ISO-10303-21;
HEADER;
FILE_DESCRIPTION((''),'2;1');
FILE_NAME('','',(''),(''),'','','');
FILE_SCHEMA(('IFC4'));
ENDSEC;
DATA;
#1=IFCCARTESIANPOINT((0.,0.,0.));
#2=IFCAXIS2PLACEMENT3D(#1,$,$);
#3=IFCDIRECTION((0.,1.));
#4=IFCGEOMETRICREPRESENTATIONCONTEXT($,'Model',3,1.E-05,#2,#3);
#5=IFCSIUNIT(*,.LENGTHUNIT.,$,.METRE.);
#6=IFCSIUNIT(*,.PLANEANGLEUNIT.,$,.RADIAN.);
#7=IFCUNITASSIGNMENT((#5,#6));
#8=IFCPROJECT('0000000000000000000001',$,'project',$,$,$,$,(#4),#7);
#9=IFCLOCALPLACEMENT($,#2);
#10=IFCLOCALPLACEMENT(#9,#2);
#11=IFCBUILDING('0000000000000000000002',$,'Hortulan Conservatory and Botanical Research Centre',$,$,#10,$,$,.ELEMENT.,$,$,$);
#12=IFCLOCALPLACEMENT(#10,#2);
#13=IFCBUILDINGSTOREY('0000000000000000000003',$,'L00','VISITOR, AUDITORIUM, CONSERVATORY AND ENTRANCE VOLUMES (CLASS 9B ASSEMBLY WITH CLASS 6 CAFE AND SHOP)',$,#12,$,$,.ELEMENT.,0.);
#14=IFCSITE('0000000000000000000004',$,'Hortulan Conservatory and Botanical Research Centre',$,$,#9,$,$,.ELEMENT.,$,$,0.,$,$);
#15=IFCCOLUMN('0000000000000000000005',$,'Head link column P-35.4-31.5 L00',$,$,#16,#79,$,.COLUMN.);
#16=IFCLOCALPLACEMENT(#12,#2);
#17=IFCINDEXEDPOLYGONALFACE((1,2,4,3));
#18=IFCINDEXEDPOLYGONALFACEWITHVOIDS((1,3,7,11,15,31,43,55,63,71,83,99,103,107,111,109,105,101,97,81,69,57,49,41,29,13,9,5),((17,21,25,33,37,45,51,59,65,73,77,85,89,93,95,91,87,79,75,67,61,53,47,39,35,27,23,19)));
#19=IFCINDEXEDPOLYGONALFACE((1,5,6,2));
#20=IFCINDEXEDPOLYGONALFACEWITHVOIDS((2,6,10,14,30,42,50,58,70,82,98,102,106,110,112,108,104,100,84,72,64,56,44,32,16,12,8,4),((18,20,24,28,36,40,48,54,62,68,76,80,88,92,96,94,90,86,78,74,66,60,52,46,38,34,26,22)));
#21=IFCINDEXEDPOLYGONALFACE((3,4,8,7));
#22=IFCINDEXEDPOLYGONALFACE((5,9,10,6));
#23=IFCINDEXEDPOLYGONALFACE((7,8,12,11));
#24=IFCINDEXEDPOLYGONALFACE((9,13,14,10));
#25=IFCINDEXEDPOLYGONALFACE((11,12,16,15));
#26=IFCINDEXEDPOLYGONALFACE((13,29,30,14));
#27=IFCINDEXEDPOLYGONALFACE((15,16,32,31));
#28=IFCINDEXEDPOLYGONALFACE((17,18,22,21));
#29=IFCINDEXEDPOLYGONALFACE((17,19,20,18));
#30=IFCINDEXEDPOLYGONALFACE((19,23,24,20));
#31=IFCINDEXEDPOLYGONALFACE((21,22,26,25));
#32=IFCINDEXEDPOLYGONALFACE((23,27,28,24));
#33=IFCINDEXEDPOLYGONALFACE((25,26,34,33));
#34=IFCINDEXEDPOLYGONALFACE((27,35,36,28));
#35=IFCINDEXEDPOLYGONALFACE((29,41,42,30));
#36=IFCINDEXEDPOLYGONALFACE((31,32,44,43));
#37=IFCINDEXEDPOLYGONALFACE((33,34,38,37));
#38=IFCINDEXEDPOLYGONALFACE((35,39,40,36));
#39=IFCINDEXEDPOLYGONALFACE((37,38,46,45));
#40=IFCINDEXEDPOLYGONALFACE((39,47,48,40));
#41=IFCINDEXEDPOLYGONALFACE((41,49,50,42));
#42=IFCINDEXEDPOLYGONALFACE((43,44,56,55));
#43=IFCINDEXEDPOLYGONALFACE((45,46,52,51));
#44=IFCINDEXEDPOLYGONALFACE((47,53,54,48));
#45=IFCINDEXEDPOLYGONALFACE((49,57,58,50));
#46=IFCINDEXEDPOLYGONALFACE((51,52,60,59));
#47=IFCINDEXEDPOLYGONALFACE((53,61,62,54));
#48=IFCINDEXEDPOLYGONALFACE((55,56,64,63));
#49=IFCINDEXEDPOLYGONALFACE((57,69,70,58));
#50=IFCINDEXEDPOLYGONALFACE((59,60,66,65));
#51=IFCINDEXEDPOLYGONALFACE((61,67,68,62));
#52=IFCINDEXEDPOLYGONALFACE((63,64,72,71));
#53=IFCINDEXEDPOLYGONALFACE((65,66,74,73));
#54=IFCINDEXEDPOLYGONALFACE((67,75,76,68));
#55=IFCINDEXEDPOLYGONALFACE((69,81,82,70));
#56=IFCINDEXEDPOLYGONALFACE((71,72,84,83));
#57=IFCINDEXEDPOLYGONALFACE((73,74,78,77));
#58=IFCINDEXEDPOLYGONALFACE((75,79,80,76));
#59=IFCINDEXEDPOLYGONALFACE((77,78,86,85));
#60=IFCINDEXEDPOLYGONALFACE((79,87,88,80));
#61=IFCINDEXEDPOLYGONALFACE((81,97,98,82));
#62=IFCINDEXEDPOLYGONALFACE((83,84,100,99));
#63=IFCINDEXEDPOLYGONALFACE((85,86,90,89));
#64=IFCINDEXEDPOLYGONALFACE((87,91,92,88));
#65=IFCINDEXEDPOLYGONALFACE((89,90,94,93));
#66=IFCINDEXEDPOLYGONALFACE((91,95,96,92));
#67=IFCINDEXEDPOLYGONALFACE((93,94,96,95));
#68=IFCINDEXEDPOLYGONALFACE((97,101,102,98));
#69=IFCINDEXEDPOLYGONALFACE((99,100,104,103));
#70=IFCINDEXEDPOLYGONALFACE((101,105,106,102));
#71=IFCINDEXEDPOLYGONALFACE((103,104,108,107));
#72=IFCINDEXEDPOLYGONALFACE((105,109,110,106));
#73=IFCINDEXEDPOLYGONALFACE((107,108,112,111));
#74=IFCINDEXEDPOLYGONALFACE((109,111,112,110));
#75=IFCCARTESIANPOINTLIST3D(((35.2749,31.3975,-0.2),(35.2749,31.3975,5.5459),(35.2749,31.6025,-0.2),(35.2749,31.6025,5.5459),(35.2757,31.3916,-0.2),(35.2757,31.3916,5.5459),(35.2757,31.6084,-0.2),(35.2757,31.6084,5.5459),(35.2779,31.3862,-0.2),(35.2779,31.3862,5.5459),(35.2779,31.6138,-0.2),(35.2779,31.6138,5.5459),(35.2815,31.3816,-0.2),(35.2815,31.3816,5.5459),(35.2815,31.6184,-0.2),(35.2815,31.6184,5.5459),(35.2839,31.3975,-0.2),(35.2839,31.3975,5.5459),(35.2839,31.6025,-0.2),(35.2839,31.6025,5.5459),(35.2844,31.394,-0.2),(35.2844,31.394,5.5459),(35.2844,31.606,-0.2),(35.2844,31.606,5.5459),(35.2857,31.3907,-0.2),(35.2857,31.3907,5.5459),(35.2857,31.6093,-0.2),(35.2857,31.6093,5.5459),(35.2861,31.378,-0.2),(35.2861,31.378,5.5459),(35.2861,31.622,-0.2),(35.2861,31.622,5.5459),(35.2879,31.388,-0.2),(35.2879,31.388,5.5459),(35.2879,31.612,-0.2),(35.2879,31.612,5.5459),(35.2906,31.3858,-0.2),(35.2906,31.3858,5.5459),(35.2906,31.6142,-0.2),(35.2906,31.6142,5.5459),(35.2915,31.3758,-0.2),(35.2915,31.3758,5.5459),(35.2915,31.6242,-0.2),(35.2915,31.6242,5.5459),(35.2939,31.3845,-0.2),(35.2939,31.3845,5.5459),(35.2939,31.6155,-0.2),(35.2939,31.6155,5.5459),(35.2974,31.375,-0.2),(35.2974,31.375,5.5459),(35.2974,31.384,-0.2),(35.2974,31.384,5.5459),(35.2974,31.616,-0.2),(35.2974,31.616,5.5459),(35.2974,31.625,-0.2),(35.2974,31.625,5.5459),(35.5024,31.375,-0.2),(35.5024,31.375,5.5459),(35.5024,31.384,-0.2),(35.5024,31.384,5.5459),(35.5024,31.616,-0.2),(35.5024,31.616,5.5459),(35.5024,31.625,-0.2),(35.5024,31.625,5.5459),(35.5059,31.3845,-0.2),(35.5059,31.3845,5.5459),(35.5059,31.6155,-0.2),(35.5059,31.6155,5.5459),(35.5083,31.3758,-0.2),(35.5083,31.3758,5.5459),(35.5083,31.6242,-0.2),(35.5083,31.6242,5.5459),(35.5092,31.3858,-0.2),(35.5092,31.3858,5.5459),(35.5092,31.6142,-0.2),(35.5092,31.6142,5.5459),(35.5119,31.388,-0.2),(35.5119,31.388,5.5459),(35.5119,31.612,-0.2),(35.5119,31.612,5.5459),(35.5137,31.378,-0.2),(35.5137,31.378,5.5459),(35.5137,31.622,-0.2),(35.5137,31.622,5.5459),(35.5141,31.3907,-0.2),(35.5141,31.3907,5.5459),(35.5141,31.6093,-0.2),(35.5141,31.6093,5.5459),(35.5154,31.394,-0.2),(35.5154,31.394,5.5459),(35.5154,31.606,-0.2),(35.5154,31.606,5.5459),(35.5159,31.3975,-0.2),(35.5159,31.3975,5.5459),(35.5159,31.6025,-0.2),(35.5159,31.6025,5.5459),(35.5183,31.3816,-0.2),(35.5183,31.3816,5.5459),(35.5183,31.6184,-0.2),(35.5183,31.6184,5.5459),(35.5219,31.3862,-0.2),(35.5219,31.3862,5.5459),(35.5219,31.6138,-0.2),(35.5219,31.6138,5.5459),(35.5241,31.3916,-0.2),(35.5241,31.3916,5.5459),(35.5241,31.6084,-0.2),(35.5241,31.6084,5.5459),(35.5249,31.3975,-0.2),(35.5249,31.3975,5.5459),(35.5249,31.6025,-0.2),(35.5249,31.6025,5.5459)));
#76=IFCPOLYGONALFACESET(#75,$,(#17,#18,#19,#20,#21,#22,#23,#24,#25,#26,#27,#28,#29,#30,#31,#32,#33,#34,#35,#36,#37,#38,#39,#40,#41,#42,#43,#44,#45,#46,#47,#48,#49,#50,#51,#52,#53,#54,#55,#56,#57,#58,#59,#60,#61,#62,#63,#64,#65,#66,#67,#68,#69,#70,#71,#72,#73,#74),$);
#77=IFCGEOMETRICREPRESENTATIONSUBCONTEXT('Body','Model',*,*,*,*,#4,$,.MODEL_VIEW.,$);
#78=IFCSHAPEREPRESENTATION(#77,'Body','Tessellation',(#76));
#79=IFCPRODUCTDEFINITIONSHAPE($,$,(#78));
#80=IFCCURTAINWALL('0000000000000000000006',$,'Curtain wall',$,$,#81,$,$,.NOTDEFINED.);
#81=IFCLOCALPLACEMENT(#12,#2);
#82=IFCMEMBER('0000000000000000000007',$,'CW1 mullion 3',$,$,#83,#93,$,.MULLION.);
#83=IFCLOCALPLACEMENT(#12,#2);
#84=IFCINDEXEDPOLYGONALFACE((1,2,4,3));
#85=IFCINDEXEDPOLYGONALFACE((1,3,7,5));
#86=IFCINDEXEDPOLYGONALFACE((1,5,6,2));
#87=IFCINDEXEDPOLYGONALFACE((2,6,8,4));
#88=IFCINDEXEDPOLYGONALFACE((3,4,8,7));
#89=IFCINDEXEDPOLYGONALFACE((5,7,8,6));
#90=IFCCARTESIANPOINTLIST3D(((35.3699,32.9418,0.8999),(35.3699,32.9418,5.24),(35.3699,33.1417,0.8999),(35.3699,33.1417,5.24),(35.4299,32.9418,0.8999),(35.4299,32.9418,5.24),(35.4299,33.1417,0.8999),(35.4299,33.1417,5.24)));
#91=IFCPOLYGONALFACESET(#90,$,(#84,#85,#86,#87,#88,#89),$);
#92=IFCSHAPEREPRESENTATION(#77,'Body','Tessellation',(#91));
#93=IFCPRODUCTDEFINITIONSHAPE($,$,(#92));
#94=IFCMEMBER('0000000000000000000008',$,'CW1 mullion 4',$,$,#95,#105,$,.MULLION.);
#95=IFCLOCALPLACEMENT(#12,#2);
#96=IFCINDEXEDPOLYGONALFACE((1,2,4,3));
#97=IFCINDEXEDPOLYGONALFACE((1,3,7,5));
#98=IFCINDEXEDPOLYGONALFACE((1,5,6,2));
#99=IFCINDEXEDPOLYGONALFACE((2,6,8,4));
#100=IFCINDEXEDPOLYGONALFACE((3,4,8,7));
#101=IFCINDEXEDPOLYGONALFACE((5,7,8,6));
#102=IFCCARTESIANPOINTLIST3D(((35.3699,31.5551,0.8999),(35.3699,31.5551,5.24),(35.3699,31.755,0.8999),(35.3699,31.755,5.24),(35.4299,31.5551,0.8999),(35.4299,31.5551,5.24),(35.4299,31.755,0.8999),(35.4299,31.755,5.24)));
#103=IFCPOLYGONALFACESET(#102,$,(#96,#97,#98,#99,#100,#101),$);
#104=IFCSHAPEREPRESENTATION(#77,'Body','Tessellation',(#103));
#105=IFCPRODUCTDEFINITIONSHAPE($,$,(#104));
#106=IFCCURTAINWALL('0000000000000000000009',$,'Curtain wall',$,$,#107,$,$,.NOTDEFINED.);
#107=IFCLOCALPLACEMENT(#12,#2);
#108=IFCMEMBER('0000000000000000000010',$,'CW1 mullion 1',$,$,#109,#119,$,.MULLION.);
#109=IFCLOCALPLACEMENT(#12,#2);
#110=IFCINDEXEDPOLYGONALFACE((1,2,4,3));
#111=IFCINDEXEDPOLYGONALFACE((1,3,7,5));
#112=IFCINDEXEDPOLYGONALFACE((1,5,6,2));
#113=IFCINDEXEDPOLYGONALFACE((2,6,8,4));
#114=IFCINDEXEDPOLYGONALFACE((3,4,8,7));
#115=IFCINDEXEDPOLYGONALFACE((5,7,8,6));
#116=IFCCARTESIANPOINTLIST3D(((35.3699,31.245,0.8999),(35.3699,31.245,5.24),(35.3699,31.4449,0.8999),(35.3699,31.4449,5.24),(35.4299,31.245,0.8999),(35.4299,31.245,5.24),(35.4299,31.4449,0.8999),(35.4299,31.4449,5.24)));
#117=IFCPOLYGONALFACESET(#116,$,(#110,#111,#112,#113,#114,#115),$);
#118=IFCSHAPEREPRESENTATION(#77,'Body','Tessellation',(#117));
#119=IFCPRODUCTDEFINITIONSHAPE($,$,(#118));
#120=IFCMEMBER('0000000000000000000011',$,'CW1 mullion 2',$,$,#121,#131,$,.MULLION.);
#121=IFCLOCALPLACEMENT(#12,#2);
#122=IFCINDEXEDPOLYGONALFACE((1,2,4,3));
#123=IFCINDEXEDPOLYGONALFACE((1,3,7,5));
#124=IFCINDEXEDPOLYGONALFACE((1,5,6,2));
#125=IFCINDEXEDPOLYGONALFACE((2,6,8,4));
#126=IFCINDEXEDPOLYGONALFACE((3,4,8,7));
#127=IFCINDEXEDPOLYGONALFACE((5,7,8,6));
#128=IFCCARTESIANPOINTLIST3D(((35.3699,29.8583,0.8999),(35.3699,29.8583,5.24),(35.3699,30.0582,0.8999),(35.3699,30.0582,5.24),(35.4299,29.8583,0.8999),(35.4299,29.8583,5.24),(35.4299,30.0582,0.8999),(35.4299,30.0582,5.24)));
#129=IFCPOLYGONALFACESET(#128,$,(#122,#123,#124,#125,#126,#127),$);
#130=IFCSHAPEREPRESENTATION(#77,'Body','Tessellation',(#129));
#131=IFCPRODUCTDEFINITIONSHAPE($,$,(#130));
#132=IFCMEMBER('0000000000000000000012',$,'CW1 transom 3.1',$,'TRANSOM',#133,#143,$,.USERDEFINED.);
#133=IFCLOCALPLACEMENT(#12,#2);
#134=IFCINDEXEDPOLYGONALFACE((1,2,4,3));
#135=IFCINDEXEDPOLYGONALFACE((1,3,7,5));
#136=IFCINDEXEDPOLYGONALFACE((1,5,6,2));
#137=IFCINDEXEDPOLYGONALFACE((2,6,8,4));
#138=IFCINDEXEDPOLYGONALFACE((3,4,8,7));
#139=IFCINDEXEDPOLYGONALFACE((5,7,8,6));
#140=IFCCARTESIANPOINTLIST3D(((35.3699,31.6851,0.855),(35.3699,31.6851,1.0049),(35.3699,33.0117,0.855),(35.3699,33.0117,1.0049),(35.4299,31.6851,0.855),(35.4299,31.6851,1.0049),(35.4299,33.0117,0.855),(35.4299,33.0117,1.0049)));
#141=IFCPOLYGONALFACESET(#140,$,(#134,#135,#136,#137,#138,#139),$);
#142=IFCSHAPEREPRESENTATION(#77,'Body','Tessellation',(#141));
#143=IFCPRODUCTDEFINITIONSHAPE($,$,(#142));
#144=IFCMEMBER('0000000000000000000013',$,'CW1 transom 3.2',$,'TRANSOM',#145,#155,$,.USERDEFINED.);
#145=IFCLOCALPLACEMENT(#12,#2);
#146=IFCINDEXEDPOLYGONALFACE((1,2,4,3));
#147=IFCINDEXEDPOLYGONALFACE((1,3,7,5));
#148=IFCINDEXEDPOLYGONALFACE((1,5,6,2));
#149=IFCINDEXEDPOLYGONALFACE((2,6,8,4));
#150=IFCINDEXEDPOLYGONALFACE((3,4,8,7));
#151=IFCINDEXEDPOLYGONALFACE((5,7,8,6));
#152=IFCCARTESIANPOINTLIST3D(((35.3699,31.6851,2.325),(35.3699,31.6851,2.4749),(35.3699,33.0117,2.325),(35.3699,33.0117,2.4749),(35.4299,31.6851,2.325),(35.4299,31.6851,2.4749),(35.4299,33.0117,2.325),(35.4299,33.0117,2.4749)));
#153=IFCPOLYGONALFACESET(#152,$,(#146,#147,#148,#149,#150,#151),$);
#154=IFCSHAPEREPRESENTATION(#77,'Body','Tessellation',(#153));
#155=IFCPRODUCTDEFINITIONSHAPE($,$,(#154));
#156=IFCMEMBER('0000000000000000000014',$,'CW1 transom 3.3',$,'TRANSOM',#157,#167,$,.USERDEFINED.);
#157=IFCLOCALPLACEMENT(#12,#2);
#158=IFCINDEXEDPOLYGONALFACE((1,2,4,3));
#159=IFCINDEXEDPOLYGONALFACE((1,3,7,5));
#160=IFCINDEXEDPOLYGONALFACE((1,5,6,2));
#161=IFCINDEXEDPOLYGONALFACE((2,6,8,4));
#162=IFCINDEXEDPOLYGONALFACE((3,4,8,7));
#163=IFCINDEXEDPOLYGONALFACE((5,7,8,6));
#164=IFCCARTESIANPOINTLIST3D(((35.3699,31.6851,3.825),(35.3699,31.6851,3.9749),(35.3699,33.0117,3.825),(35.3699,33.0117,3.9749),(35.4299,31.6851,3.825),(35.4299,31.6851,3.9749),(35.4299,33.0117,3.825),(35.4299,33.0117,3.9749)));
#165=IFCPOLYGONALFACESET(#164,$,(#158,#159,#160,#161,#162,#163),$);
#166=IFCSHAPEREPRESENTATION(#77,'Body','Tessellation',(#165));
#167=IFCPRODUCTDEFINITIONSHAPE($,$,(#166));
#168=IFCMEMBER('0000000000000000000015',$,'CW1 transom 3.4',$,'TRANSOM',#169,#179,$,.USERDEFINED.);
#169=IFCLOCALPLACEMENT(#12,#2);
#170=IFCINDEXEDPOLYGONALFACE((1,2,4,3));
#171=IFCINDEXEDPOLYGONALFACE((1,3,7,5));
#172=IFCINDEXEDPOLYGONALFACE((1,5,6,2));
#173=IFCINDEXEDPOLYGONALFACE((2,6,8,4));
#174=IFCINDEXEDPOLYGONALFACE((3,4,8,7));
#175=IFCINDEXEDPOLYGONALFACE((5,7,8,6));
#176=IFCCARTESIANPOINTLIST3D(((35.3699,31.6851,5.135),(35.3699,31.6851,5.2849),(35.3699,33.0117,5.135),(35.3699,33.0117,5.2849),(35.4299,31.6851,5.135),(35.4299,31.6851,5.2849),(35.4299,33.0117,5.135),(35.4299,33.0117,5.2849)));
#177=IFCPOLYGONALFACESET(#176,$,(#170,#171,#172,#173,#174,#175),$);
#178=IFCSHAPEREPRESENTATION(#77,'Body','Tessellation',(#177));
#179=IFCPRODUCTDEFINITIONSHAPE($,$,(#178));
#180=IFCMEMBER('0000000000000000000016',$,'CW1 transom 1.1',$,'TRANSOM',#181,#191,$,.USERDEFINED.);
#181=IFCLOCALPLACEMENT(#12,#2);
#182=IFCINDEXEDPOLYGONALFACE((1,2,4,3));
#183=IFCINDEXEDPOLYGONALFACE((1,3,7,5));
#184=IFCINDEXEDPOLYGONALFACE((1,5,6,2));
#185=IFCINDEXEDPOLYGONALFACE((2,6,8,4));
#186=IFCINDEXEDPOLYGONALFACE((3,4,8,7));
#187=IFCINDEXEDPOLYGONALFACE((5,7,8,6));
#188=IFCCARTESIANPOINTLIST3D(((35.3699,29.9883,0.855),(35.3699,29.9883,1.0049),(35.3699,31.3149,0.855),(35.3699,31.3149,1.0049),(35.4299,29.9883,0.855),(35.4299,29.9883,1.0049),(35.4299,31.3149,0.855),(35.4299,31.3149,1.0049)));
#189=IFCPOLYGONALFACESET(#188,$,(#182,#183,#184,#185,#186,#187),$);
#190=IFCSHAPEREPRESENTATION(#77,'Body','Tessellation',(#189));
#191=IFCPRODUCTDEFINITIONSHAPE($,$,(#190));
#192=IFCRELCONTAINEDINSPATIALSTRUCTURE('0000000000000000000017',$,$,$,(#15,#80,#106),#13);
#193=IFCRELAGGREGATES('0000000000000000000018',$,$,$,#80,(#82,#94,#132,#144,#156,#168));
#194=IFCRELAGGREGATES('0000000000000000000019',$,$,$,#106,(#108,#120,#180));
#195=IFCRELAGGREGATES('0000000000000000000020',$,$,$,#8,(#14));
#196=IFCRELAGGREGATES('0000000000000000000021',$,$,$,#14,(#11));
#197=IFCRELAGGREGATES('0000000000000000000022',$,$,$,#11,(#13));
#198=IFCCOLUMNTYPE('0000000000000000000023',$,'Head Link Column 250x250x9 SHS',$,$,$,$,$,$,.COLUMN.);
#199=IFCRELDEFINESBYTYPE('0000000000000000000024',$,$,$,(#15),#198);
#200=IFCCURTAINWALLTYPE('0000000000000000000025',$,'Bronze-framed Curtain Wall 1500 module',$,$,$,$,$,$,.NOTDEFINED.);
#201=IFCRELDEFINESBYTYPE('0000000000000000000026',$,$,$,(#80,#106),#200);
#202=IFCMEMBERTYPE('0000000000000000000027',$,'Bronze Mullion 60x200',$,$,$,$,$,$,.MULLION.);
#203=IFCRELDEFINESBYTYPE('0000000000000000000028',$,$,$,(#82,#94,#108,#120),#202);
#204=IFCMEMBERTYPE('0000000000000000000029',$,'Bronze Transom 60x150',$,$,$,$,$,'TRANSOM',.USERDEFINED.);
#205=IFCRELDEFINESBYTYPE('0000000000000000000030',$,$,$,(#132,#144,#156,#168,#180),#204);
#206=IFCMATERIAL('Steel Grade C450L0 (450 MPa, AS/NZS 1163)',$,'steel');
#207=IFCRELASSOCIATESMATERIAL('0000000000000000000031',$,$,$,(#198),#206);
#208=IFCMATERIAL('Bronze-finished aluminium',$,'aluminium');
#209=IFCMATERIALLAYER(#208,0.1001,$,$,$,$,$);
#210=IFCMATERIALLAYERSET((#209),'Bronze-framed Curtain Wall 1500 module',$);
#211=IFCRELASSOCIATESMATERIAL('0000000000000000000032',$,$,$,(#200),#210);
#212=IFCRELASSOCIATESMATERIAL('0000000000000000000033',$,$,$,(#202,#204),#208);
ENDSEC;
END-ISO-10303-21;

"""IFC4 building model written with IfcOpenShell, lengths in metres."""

from ifc_helpers import new_model, si_unit, direction, frame, origin, origin_2d, place, context, subcontext, project, spatial, rectangle, hollow_rectangle, extrude, material, layer, layer_set, material_profile, profile_set, type_object, element, aggregate, save


model = new_model("IFC4")

# Units and contexts
model_context = context("Model", 3, precision=1e-05, world=origin(), true_north=direction((0.0, 1.0)))
body_context = subcontext(model_context, "Body", "Model", "MODEL_VIEW")
ifc_project = project(units=[si_unit("LENGTHUNIT", "METRE"), si_unit("PLANEANGLEUNIT", "RADIAN")], contexts=[model_context])

# Site, building, storey
site_placement = place(None, origin())
site = spatial("IfcSite", under=ifc_project, at=site_placement, Name="Hortulan Conservatory and Botanical Research Centre", CompositionType="ELEMENT", RefElevation=0.0)
building_placement = place(site_placement, origin())
building = spatial("IfcBuilding", under=site, at=building_placement, Name="Hortulan Conservatory and Botanical Research Centre", CompositionType="ELEMENT")
storey_placement = place(building_placement, origin())
storey = spatial("IfcBuildingStorey", under=building, at=storey_placement, Name="L00", Description="VISITOR, AUDITORIUM, CONSERVATORY AND ENTRANCE VOLUMES (CLASS 9B ASSEMBLY WITH CLASS 6 CAFE AND SHOP)", CompositionType="ELEMENT", Elevation=0.0)

# Column
ifc_material_1 = material(Name="Steel Grade C450L0 (450 MPa, AS/NZS 1163)", Category="steel")
ifc_material_profile_1 = material_profile(ifc_material_1, hollow_rectangle(XDim=0.25, YDim=0.25, WallThickness=0.009, InnerFilletRadius=0.0134, OuterFilletRadius=0.0225, at=origin_2d()), Name="250x250x9SHS")
ifc_profile_set_1 = profile_set([ifc_material_profile_1], Name="Steel Grade C450L0 (450 MPa, AS/NZS 1163)")
column_type = type_object("IfcColumnType", Name="Head Link Column 250x250x9 SHS", PredefinedType="COLUMN", material=ifc_profile_set_1)
column_placement = place(storey_placement, frame((35.3999, 31.5, -0.2), z_axis=(0.0, 0.0, 1.0), x_axis=(1.0, 0.0, 0.0)))
element("IfcColumn", 1, at=column_placement, inside=storey, type_object=column_type, Name="Head link column P-35.4-31.5 L00", PredefinedType="COLUMN", context=body_context, shape_type="SweptSolid", body=[
    extrude(hollow_rectangle(XDim=0.25, YDim=0.25, WallThickness=0.009, InnerFilletRadius=0.0134, OuterFilletRadius=0.0225, at=origin_2d()), origin(), (0.0, 0.0, 1.0), 5.7458),
])

# Curtain walls, members
ifc_material_2 = material(Name="Bronze-finished aluminium", Category="aluminium")
ifc_layer_1 = layer(ifc_material_2, 0.1001)
ifc_layer_set_1 = layer_set([ifc_layer_1], Name="Bronze-framed Curtain Wall 1500 module")
curtain_wall_type = type_object("IfcCurtainWallType", Name="Bronze-framed Curtain Wall 1500 module", PredefinedType="NOTDEFINED", material=ifc_layer_set_1)
curtain_wall_1_placement = place(storey_placement, origin())
curtain_wall_1 = element("IfcCurtainWall", 2, at=curtain_wall_1_placement, inside=storey, type_object=curtain_wall_type, Name="Curtain wall", PredefinedType="NOTDEFINED")
ifc_material_profile_2 = material_profile(ifc_material_2, rectangle(XDim=0.0601, YDim=0.2, at=origin_2d()), Name="Bronze Mullion 60x200")
ifc_profile_set_2 = profile_set([ifc_material_profile_2], Name="Bronze-finished aluminium")
member_type_1 = type_object("IfcMemberType", Name="Bronze Mullion 60x200", PredefinedType="MULLION", material=ifc_profile_set_2)
member_1_placement = place(storey_placement, frame((35.3999, 33.0417, 0.8999), z_axis=(0.0, 0.0, 1.0), x_axis=(1.0, 0.0, 0.0)))
member_1 = element("IfcMember", 3, at=member_1_placement, type_object=member_type_1, Name="CW1 mullion 3", PredefinedType="MULLION", context=body_context, shape_type="SweptSolid", body=[
    extrude(rectangle(XDim=0.0601, YDim=0.2, at=origin_2d()), origin(), (0.0, 0.0, 1.0), 4.3401),
])
member_2_placement = place(storey_placement, frame((35.3999, 31.655, 0.8999), z_axis=(0.0, 0.0, 1.0), x_axis=(1.0, 0.0, 0.0)))
member_2 = element("IfcMember", 4, at=member_2_placement, type_object=member_type_1, Name="CW1 mullion 4", PredefinedType="MULLION", context=body_context, shape_type="SweptSolid", body=[
    extrude(rectangle(XDim=0.0601, YDim=0.2, at=origin_2d()), origin(), (0.0, 0.0, 1.0), 4.3401),
])
curtain_wall_2_placement = place(storey_placement, origin())
curtain_wall_2 = element("IfcCurtainWall", 5, at=curtain_wall_2_placement, inside=storey, type_object=curtain_wall_type, Name="Curtain wall", PredefinedType="NOTDEFINED")
member_3_placement = place(storey_placement, frame((35.3999, 31.345, 0.8999), z_axis=(0.0, 0.0, 1.0), x_axis=(1.0, 0.0, 0.0)))
member_3 = element("IfcMember", 6, at=member_3_placement, type_object=member_type_1, Name="CW1 mullion 1", PredefinedType="MULLION", context=body_context, shape_type="SweptSolid", body=[
    extrude(rectangle(XDim=0.0601, YDim=0.2, at=origin_2d()), origin(), (0.0, 0.0, 1.0), 4.3401),
])
member_4_placement = place(storey_placement, frame((35.3999, 29.9583, 0.8999), z_axis=(0.0, 0.0, 1.0), x_axis=(1.0, 0.0, 0.0)))
member_4 = element("IfcMember", 7, at=member_4_placement, type_object=member_type_1, Name="CW1 mullion 2", PredefinedType="MULLION", context=body_context, shape_type="SweptSolid", body=[
    extrude(rectangle(XDim=0.0601, YDim=0.2, at=origin_2d()), origin(), (0.0, 0.0, 1.0), 4.3401),
])

# Members
ifc_material_profile_3 = material_profile(ifc_material_2, rectangle(XDim=0.0601, YDim=0.1499, at=origin_2d()), Name="Bronze Transom 60x150")
ifc_profile_set_3 = profile_set([ifc_material_profile_3], Name="Bronze-finished aluminium")
member_type_2 = type_object("IfcMemberType", Name="Bronze Transom 60x150", ElementType="TRANSOM", PredefinedType="USERDEFINED", material=ifc_profile_set_3)
member_5_placement = place(storey_placement, frame((35.3999, 33.0117, 0.9299), z_axis=(0.0, -1.0, 0.0), x_axis=(1.0, 0.0, 0.0)))
member_5 = element("IfcMember", 8, at=member_5_placement, type_object=member_type_2, Name="CW1 transom 3.1", ObjectType="TRANSOM", PredefinedType="USERDEFINED", context=body_context, shape_type="SweptSolid", body=[
    extrude(rectangle(XDim=0.0601, YDim=0.1499, at=origin_2d()), origin(), (0.0, 0.0, 1.0), 1.3267),
])
member_6_placement = place(storey_placement, frame((35.3999, 33.0117, 2.3999), z_axis=(0.0, -1.0, 0.0), x_axis=(1.0, 0.0, 0.0)))
member_6 = element("IfcMember", 9, at=member_6_placement, type_object=member_type_2, Name="CW1 transom 3.2", ObjectType="TRANSOM", PredefinedType="USERDEFINED", context=body_context, shape_type="SweptSolid", body=[
    extrude(rectangle(XDim=0.0601, YDim=0.1499, at=origin_2d()), origin(), (0.0, 0.0, 1.0), 1.3267),
])
member_7_placement = place(storey_placement, frame((35.3999, 33.0117, 3.8999), z_axis=(0.0, -1.0, 0.0), x_axis=(1.0, 0.0, 0.0)))
member_7 = element("IfcMember", 10, at=member_7_placement, type_object=member_type_2, Name="CW1 transom 3.3", ObjectType="TRANSOM", PredefinedType="USERDEFINED", context=body_context, shape_type="SweptSolid", body=[
    extrude(rectangle(XDim=0.0601, YDim=0.1499, at=origin_2d()), origin(), (0.0, 0.0, 1.0), 1.3267),
])
member_8_placement = place(storey_placement, frame((35.3999, 33.0117, 5.21), z_axis=(0.0, -1.0, 0.0), x_axis=(1.0, 0.0, 0.0)))
member_8 = element("IfcMember", 11, at=member_8_placement, type_object=member_type_2, Name="CW1 transom 3.4", ObjectType="TRANSOM", PredefinedType="USERDEFINED", context=body_context, shape_type="SweptSolid", body=[
    extrude(rectangle(XDim=0.0601, YDim=0.1499, at=origin_2d()), origin(), (0.0, 0.0, 1.0), 1.3267),
])
member_9_placement = place(storey_placement, frame((35.3999, 31.3149, 0.9299), z_axis=(0.0, -1.0, 0.0), x_axis=(1.0, 0.0, 0.0)))
member_9 = element("IfcMember", 12, at=member_9_placement, type_object=member_type_2, Name="CW1 transom 1.1", ObjectType="TRANSOM", PredefinedType="USERDEFINED", context=body_context, shape_type="SweptSolid", body=[
    extrude(rectangle(XDim=0.0601, YDim=0.1499, at=origin_2d()), origin(), (0.0, 0.0, 1.0), 1.3267),
])

aggregate(curtain_wall_1, [member_1, member_2, member_5, member_6, member_7, member_8])
aggregate(curtain_wall_2, [member_3, member_4, member_9])

save(model, "model.ifc")
